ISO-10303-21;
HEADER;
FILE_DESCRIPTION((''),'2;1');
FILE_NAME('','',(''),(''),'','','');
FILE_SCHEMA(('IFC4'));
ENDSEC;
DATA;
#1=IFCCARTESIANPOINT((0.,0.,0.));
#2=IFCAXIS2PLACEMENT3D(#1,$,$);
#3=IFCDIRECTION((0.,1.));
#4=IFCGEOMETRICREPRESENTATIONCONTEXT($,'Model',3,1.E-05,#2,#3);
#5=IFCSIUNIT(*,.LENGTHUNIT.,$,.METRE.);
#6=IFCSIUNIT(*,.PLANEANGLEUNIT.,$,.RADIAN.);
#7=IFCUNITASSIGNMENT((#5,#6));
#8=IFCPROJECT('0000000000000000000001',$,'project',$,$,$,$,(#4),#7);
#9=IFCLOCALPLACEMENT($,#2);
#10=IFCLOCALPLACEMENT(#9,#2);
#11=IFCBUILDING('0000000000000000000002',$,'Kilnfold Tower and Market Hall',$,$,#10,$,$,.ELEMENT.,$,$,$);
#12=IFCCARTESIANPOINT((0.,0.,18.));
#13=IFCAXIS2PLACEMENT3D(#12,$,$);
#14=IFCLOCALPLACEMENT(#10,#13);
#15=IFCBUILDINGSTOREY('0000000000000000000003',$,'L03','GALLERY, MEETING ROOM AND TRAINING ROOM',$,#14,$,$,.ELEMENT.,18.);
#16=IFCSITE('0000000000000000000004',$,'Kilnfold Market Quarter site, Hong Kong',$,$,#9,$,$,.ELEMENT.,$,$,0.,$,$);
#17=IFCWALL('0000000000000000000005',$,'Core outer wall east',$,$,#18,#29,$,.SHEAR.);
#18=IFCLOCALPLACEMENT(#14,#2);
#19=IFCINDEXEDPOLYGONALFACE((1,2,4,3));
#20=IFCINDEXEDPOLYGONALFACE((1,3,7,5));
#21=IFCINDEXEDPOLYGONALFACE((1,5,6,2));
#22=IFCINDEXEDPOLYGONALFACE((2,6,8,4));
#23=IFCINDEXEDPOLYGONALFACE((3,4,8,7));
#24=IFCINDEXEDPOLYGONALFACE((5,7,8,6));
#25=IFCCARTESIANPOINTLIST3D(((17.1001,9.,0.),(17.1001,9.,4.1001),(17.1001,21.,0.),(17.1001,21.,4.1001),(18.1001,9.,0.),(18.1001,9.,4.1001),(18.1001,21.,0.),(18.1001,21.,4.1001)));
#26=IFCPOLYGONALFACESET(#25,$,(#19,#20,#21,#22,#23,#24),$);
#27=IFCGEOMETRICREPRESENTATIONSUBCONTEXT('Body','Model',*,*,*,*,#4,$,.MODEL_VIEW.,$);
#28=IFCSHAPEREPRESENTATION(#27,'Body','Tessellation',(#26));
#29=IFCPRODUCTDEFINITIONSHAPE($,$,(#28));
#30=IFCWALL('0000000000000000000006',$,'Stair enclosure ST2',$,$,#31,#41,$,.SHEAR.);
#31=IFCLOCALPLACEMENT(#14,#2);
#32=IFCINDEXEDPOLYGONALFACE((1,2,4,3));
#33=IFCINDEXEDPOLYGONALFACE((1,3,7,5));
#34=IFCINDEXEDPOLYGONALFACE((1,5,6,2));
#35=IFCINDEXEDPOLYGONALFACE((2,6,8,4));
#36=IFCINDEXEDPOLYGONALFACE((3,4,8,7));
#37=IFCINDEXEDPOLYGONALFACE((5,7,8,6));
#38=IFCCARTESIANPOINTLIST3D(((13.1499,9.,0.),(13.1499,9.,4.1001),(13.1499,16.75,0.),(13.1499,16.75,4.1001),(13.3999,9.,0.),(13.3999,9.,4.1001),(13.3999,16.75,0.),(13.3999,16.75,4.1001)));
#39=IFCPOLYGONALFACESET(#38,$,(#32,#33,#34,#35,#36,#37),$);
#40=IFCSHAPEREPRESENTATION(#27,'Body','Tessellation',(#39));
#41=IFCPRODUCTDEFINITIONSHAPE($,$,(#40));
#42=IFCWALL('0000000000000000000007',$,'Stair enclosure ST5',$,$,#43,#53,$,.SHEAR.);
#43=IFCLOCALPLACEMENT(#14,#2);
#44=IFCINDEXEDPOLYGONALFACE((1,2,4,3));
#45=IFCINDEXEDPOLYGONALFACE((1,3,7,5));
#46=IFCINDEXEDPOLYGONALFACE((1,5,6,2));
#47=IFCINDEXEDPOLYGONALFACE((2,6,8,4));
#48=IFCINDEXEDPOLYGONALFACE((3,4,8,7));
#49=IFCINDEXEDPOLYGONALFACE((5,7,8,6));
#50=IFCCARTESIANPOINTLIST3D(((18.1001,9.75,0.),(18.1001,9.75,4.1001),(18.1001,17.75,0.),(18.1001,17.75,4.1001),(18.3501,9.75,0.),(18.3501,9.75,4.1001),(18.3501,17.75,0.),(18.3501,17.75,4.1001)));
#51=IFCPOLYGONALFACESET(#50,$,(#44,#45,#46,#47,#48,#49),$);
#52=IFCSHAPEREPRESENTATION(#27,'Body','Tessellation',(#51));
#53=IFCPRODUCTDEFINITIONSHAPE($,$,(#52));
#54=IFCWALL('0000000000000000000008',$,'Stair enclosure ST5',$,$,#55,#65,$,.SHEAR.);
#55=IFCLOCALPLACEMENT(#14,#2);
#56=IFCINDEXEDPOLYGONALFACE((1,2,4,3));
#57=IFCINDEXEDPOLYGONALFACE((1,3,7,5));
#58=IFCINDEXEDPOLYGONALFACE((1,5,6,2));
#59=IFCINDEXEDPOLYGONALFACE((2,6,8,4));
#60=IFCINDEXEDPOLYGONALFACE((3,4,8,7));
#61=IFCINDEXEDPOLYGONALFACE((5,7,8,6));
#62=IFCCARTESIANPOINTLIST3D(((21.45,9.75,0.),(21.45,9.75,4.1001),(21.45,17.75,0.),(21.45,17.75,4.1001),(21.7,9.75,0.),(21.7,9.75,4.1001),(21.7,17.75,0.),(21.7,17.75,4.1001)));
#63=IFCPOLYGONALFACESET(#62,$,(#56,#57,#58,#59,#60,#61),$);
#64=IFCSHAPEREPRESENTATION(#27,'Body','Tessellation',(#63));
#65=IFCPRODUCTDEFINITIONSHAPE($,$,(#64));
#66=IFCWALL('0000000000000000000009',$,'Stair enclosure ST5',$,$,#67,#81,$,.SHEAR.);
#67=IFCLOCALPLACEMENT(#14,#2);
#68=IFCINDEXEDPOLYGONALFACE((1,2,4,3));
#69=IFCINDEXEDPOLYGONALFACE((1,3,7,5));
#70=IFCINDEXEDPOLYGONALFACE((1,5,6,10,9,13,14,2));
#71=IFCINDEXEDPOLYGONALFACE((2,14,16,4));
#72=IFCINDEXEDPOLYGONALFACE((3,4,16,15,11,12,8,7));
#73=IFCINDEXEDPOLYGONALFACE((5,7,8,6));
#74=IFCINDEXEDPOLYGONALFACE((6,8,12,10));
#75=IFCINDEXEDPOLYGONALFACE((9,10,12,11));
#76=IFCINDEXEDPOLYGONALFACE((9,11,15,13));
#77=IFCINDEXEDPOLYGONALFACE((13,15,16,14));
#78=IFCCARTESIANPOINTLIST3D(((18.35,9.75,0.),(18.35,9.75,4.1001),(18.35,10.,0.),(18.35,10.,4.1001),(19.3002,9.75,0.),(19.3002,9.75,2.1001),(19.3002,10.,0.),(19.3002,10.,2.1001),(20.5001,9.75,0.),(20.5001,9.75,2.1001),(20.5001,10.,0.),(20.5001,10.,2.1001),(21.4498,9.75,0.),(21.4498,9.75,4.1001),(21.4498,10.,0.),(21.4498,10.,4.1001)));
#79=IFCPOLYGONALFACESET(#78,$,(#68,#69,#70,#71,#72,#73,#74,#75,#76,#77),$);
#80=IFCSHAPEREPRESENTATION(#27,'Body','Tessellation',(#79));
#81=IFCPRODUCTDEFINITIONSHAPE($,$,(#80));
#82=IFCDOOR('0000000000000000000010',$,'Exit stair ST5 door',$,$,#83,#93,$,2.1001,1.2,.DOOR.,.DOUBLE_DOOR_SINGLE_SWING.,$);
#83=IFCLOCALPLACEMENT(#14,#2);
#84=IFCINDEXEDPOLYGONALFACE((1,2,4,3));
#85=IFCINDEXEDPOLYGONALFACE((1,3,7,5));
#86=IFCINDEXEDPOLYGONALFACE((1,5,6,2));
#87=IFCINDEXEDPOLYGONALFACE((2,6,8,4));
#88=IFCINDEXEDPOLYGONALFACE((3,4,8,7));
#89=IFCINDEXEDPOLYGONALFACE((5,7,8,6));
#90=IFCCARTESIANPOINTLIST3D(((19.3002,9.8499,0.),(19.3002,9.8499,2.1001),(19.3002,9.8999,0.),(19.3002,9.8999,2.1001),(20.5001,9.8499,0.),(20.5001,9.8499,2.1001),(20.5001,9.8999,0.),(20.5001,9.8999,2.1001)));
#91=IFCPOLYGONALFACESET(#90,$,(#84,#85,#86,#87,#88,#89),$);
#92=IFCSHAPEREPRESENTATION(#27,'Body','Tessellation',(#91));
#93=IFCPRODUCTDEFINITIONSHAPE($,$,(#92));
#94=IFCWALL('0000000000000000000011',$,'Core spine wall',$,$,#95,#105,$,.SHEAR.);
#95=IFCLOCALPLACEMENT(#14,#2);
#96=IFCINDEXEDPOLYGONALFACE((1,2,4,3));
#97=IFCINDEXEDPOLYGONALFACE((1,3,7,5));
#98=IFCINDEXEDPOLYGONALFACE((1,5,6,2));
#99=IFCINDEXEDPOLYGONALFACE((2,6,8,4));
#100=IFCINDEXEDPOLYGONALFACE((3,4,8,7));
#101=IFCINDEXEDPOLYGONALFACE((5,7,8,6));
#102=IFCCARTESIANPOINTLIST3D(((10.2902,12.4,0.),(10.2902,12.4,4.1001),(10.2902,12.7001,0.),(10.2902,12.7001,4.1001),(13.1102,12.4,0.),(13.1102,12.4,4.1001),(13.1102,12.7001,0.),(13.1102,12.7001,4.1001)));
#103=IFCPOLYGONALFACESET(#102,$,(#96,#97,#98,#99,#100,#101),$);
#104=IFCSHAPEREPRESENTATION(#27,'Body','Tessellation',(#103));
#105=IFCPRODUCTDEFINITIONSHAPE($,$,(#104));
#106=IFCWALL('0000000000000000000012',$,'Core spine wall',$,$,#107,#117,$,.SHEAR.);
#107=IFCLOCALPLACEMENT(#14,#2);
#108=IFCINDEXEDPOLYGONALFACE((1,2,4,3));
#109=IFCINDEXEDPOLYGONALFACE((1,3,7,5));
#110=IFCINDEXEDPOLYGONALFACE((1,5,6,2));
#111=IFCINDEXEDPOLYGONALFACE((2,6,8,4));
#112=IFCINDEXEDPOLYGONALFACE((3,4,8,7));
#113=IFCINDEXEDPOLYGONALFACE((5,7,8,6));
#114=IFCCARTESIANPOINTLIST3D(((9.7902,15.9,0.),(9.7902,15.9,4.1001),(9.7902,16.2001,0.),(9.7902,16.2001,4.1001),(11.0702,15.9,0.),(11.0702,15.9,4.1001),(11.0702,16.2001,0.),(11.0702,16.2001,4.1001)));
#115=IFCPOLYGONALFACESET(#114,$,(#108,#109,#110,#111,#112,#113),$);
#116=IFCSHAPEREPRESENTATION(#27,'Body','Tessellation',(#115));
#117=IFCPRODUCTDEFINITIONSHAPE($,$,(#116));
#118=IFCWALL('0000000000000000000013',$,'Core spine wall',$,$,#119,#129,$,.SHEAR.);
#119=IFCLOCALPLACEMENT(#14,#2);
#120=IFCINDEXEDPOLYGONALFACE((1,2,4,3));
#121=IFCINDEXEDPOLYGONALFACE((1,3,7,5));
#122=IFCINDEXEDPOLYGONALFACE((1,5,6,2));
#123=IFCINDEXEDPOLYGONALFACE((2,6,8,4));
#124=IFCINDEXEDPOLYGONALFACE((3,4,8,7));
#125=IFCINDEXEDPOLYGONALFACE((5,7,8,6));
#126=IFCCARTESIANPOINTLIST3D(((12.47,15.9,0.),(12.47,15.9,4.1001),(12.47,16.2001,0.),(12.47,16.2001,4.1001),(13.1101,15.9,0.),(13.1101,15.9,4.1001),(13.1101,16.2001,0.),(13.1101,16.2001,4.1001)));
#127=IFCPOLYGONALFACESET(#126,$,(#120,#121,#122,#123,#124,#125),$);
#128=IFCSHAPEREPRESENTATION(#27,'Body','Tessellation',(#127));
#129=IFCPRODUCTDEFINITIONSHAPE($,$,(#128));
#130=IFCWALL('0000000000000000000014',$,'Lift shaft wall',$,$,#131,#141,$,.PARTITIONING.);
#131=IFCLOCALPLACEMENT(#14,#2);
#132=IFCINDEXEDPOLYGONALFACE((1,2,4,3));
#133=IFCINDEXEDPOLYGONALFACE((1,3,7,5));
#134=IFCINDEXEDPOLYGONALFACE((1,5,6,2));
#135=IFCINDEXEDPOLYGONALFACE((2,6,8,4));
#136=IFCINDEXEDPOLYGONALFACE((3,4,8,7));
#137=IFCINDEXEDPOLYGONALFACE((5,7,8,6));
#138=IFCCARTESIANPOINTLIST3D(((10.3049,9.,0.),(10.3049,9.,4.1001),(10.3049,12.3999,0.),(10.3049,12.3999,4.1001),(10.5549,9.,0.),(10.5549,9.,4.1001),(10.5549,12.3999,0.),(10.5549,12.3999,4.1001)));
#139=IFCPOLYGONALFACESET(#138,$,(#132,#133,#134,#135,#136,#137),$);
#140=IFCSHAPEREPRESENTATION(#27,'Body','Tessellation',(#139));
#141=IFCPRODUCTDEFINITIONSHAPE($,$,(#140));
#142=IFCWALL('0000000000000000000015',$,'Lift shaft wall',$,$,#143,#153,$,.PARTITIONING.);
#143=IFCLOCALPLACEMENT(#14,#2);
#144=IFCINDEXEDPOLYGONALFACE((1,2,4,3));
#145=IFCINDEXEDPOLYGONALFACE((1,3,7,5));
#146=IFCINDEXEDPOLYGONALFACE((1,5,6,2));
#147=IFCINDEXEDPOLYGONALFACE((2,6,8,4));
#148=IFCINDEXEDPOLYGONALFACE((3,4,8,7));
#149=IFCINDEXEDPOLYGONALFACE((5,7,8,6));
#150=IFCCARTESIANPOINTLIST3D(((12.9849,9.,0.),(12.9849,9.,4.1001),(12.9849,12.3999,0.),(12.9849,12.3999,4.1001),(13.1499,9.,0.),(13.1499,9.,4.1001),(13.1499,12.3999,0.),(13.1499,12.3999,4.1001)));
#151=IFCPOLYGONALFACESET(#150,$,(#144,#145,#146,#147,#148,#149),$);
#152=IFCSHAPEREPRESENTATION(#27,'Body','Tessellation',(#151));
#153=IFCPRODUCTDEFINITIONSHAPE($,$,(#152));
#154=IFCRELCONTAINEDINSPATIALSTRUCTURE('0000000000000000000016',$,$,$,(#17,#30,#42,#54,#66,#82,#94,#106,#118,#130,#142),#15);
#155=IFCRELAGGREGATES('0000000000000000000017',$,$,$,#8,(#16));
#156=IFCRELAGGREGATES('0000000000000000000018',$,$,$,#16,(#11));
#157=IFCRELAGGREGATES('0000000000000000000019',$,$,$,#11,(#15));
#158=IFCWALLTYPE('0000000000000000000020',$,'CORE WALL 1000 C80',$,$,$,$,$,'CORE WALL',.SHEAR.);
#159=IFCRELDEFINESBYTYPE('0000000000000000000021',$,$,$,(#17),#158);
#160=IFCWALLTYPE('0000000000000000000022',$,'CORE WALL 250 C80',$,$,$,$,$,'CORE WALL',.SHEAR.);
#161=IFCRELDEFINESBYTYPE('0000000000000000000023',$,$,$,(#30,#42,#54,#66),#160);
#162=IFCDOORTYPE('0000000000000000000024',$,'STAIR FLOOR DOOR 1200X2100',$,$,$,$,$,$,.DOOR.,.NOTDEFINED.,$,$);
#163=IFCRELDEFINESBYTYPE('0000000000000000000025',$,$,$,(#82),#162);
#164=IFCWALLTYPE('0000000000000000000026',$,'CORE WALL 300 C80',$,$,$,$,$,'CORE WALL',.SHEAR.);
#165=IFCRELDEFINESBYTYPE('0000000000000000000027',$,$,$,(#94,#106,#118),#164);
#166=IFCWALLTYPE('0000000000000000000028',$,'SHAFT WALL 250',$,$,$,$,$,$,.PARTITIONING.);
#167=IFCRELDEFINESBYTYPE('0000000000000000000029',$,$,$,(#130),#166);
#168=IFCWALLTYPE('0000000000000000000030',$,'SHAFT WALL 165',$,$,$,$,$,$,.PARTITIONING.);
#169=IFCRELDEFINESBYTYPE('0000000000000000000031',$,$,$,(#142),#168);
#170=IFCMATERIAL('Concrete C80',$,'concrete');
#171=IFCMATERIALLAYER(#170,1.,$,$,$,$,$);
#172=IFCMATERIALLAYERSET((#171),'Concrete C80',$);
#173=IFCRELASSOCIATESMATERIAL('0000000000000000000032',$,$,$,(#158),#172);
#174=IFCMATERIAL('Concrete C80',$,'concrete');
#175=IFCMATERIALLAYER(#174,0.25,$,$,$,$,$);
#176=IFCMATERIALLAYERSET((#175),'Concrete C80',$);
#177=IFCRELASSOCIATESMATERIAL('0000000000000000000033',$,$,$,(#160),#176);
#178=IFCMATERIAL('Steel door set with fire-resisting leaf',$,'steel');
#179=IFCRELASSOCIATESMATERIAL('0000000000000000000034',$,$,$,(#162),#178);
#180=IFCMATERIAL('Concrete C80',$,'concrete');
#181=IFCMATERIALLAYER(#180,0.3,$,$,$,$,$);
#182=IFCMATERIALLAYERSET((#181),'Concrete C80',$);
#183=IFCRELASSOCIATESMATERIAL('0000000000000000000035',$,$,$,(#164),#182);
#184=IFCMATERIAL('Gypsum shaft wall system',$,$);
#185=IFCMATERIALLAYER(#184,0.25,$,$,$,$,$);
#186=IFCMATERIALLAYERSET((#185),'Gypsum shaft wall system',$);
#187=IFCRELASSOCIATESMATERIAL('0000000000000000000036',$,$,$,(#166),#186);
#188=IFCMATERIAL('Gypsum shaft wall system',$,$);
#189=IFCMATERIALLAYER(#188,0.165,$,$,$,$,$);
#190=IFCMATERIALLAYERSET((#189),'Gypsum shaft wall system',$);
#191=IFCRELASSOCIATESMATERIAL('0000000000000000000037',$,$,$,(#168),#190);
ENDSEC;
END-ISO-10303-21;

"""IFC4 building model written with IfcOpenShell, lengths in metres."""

from ifc_helpers import new_model, si_unit, direction, frame, frame_2d, origin, place, context, subcontext, project, spatial, rectangle, extrude, source, transform, mapped, material, layer, layer_set, type_object, element, fill, save


model = new_model("IFC4")

# Units and contexts
model_context = context("Model", 3, precision=1e-05, world=origin(), true_north=direction((0.0, 1.0)))
body_context = subcontext(model_context, "Body", "Model", "MODEL_VIEW")
ifc_project = project(units=[si_unit("LENGTHUNIT", "METRE"), si_unit("PLANEANGLEUNIT", "RADIAN")], contexts=[model_context])

# Site, building, storey
site_placement = place(None, origin())
site = spatial("IfcSite", under=ifc_project, at=site_placement, Name="Kilnfold Market Quarter site, Hong Kong", CompositionType="ELEMENT", RefElevation=0.0)
building_placement = place(site_placement, origin())
building = spatial("IfcBuilding", under=site, at=building_placement, Name="Kilnfold Tower and Market Hall", CompositionType="ELEMENT")
storey_placement = place(building_placement, frame((0.0, 0.0, 18.0)))
storey = spatial("IfcBuildingStorey", under=building, at=storey_placement, Name="L03", Description="GALLERY, MEETING ROOM AND TRAINING ROOM", CompositionType="ELEMENT", Elevation=18.0)

# Walls
ifc_material_1 = material(Name="Concrete C80", Category="concrete")
ifc_layer_1 = layer(ifc_material_1, 1.0)
ifc_layer_set_1 = layer_set([ifc_layer_1], Name="Concrete C80")
wall_type_1 = type_object("IfcWallType", Name="CORE WALL 1000 C80", ElementType="CORE WALL", PredefinedType="SHEAR", material=ifc_layer_set_1)
shared_shape_1 = source(origin(), body_context, "Body", "SweptSolid", [
    extrude(rectangle(XDim=12.0, YDim=1.0, at=frame_2d((6.0, 0.0))), origin(), (0.0, 0.0, 1.0), 4.1001),
])
wall_1_placement = place(storey_placement, frame((17.6001, 9.0, 0.0), z_axis=(0.0, 0.0, 1.0), x_axis=(0.0, 1.0, 0.0)))
element("IfcWall", 1, at=wall_1_placement, inside=storey, type_object=wall_type_1, Name="Core outer wall east", PredefinedType="SHEAR", context=body_context, shape_type="MappedRepresentation", body=[
    mapped(shared_shape_1, transform((0.0, 0.0, 0.0))),
])
ifc_material_2 = material(Name="Concrete C80", Category="concrete")
ifc_layer_2 = layer(ifc_material_2, 0.25)
ifc_layer_set_2 = layer_set([ifc_layer_2], Name="Concrete C80")
wall_type_2 = type_object("IfcWallType", Name="CORE WALL 250 C80", ElementType="CORE WALL", PredefinedType="SHEAR", material=ifc_layer_set_2)
shared_shape_2 = source(origin(), body_context, "Body", "SweptSolid", [
    extrude(rectangle(XDim=7.75, YDim=0.25, at=frame_2d((3.875, 0.0))), origin(), (0.0, 0.0, 1.0), 4.1001),
])
wall_2_placement = place(storey_placement, frame((13.2749, 9.0, 0.0), z_axis=(0.0, 0.0, 1.0), x_axis=(0.0, 1.0, 0.0)))
element("IfcWall", 2, at=wall_2_placement, inside=storey, type_object=wall_type_2, Name="Stair enclosure ST2", PredefinedType="SHEAR", context=body_context, shape_type="MappedRepresentation", body=[
    mapped(shared_shape_2, transform((0.0, 0.0, 0.0))),
])
shared_shape_3 = source(origin(), body_context, "Body", "SweptSolid", [
    extrude(rectangle(XDim=8.0, YDim=0.25, at=frame_2d((4.0, 0.0))), origin(), (0.0, 0.0, 1.0), 4.1001),
])
for number, where, z_axis, x_axis, name in (
    (3, (18.2251, 9.75, 0.0), (0.0, 0.0, 1.0), (0.0, 1.0, 0.0), "Stair enclosure ST5"),
    (4, (21.575, 9.75, 0.0), (0.0, 0.0, 1.0), (0.0, 1.0, 0.0), "Stair enclosure ST5"),
):
    element("IfcWall", number, at=place(storey_placement, frame(where, z_axis=z_axis, x_axis=x_axis)), inside=storey, type_object=wall_type_2, Name=name, PredefinedType="SHEAR", context=body_context, shape_type="MappedRepresentation", body=[
        mapped(shared_shape_3, transform((0.0, 0.0, 0.0))),
    ])

# Wall, opening, door
shared_shape_4 = source(origin(), body_context, "Body", "SweptSolid", [
    extrude(rectangle(XDim=3.0999, YDim=0.25, at=frame_2d((1.5498, 0.0))), origin(), (0.0, 0.0, 1.0), 4.1001),
])
wall_3_placement = place(storey_placement, frame((18.3501, 9.875, 0.0), z_axis=(0.0, 0.0, 1.0), x_axis=(1.0, 0.0, 0.0)))
wall_3 = element("IfcWall", 5, at=wall_3_placement, inside=storey, type_object=wall_type_2, Name="Stair enclosure ST5", PredefinedType="SHEAR", context=body_context, shape_type="MappedRepresentation", body=[
    mapped(shared_shape_4, transform((0.0, 0.0, 0.0))),
])
opening_1_placement = place(wall_3_placement, frame((0.95, 0.0, 0.0)))
opening_1 = element("IfcOpeningElement", 6, at=opening_1_placement, cuts=wall_3, PredefinedType="OPENING", context=body_context, shape_type="SweptSolid", body=[
    extrude(rectangle(XDim=1.2, YDim=2.1001, at=frame_2d((0.6001, 1.05))), frame((0.0, 0.135, 0.0), z_axis=(0.0, -1.0, 0.0), x_axis=(1.0, 0.0, 0.0)), (0.0, 0.0, 1.0), 0.27),
])
ifc_material_3 = material(Name="Steel door set with fire-resisting leaf", Category="steel")
door_type_1 = type_object("IfcDoorType", Name="STAIR FLOOR DOOR 1200X2100", OperationType="NOTDEFINED", PredefinedType="DOOR", material=ifc_material_3)
door_1_placement = place(opening_1_placement, origin())
door_1 = element("IfcDoor", 7, at=door_1_placement, inside=storey, type_object=door_type_1, Name="Exit stair ST5 door", OperationType="DOUBLE_DOOR_SINGLE_SWING", OverallHeight=2.1001, OverallWidth=1.2, PredefinedType="DOOR", context=body_context, shape_type="SweptSolid", body=[
    extrude(rectangle(XDim=1.2, YDim=2.1001, at=frame_2d((0.6001, 1.05))), frame((0.0, 0.0249, 0.0), z_axis=(0.0, -1.0, 0.0), x_axis=(1.0, 0.0, 0.0)), (0.0, 0.0, 1.0), 0.05),
])
fill(opening_1, door_1)

# Walls
ifc_material_4 = material(Name="Concrete C80", Category="concrete")
ifc_layer_3 = layer(ifc_material_4, 0.3)
ifc_layer_set_3 = layer_set([ifc_layer_3], Name="Concrete C80")
wall_type_3 = type_object("IfcWallType", Name="CORE WALL 300 C80", ElementType="CORE WALL", PredefinedType="SHEAR", material=ifc_layer_set_3)
shared_shape_5 = source(origin(), body_context, "Body", "SweptSolid", [
    extrude(rectangle(XDim=2.8201, YDim=0.3, at=frame_2d((1.4102, 0.0))), origin(), (0.0, 0.0, 1.0), 4.1001),
])
wall_4_placement = place(storey_placement, frame((10.29, 12.55, 0.0), z_axis=(0.0, 0.0, 1.0), x_axis=(1.0, 0.0, 0.0)))
element("IfcWall", 8, at=wall_4_placement, inside=storey, type_object=wall_type_3, Name="Core spine wall", PredefinedType="SHEAR", context=body_context, shape_type="MappedRepresentation", body=[
    mapped(shared_shape_5, transform((0.0, 0.0, 0.0))),
])
shared_shape_6 = source(origin(), body_context, "Body", "SweptSolid", [
    extrude(rectangle(XDim=1.28, YDim=0.3, at=frame_2d((0.6401, 0.0))), origin(), (0.0, 0.0, 1.0), 4.1001),
])
wall_5_placement = place(storey_placement, frame((9.79, 16.05, 0.0), z_axis=(0.0, 0.0, 1.0), x_axis=(1.0, 0.0, 0.0)))
element("IfcWall", 9, at=wall_5_placement, inside=storey, type_object=wall_type_3, Name="Core spine wall", PredefinedType="SHEAR", context=body_context, shape_type="MappedRepresentation", body=[
    mapped(shared_shape_6, transform((0.0, 0.0, 0.0))),
])
shared_shape_7 = source(origin(), body_context, "Body", "SweptSolid", [
    extrude(rectangle(XDim=0.6401, YDim=0.3, at=frame_2d((0.3201, 0.0))), origin(), (0.0, 0.0, 1.0), 4.1001),
])
wall_6_placement = place(storey_placement, frame((12.47, 16.05, 0.0), z_axis=(0.0, 0.0, 1.0), x_axis=(1.0, 0.0, 0.0)))
element("IfcWall", 10, at=wall_6_placement, inside=storey, type_object=wall_type_3, Name="Core spine wall", PredefinedType="SHEAR", context=body_context, shape_type="MappedRepresentation", body=[
    mapped(shared_shape_7, transform((0.0, 0.0, 0.0))),
])
ifc_material_5 = material(Name="Gypsum shaft wall system")
ifc_layer_4 = layer(ifc_material_5, 0.25)
ifc_layer_set_4 = layer_set([ifc_layer_4], Name="Gypsum shaft wall system")
wall_type_4 = type_object("IfcWallType", Name="SHAFT WALL 250", PredefinedType="PARTITIONING", material=ifc_layer_set_4)
shared_shape_8 = source(origin(), body_context, "Body", "SweptSolid", [
    extrude(rectangle(XDim=3.3999, YDim=0.25, at=frame_2d((1.7, 0.0))), origin(), (0.0, 0.0, 1.0), 4.1001),
])
wall_7_placement = place(storey_placement, frame((10.4299, 9.0, 0.0), z_axis=(0.0, 0.0, 1.0), x_axis=(0.0, 1.0, 0.0)))
element("IfcWall", 11, at=wall_7_placement, inside=storey, type_object=wall_type_4, Name="Lift shaft wall", PredefinedType="PARTITIONING", context=body_context, shape_type="MappedRepresentation", body=[
    mapped(shared_shape_8, transform((0.0, 0.0, 0.0))),
])
ifc_material_6 = material(Name="Gypsum shaft wall system")
ifc_layer_5 = layer(ifc_material_6, 0.165)
ifc_layer_set_5 = layer_set([ifc_layer_5], Name="Gypsum shaft wall system")
wall_type_5 = type_object("IfcWallType", Name="SHAFT WALL 165", PredefinedType="PARTITIONING", material=ifc_layer_set_5)
shared_shape_9 = source(origin(), body_context, "Body", "SweptSolid", [
    extrude(rectangle(XDim=3.3999, YDim=0.165, at=frame_2d((1.7, 0.0))), origin(), (0.0, 0.0, 1.0), 4.1001),
])
wall_8_placement = place(storey_placement, frame((13.0674, 9.0, 0.0), z_axis=(0.0, 0.0, 1.0), x_axis=(0.0, 1.0, 0.0)))
element("IfcWall", 12, at=wall_8_placement, inside=storey, type_object=wall_type_5, Name="Lift shaft wall", PredefinedType="PARTITIONING", context=body_context, shape_type="MappedRepresentation", body=[
    mapped(shared_shape_9, transform((0.0, 0.0, 0.0))),
])

save(model, "model.ifc")
